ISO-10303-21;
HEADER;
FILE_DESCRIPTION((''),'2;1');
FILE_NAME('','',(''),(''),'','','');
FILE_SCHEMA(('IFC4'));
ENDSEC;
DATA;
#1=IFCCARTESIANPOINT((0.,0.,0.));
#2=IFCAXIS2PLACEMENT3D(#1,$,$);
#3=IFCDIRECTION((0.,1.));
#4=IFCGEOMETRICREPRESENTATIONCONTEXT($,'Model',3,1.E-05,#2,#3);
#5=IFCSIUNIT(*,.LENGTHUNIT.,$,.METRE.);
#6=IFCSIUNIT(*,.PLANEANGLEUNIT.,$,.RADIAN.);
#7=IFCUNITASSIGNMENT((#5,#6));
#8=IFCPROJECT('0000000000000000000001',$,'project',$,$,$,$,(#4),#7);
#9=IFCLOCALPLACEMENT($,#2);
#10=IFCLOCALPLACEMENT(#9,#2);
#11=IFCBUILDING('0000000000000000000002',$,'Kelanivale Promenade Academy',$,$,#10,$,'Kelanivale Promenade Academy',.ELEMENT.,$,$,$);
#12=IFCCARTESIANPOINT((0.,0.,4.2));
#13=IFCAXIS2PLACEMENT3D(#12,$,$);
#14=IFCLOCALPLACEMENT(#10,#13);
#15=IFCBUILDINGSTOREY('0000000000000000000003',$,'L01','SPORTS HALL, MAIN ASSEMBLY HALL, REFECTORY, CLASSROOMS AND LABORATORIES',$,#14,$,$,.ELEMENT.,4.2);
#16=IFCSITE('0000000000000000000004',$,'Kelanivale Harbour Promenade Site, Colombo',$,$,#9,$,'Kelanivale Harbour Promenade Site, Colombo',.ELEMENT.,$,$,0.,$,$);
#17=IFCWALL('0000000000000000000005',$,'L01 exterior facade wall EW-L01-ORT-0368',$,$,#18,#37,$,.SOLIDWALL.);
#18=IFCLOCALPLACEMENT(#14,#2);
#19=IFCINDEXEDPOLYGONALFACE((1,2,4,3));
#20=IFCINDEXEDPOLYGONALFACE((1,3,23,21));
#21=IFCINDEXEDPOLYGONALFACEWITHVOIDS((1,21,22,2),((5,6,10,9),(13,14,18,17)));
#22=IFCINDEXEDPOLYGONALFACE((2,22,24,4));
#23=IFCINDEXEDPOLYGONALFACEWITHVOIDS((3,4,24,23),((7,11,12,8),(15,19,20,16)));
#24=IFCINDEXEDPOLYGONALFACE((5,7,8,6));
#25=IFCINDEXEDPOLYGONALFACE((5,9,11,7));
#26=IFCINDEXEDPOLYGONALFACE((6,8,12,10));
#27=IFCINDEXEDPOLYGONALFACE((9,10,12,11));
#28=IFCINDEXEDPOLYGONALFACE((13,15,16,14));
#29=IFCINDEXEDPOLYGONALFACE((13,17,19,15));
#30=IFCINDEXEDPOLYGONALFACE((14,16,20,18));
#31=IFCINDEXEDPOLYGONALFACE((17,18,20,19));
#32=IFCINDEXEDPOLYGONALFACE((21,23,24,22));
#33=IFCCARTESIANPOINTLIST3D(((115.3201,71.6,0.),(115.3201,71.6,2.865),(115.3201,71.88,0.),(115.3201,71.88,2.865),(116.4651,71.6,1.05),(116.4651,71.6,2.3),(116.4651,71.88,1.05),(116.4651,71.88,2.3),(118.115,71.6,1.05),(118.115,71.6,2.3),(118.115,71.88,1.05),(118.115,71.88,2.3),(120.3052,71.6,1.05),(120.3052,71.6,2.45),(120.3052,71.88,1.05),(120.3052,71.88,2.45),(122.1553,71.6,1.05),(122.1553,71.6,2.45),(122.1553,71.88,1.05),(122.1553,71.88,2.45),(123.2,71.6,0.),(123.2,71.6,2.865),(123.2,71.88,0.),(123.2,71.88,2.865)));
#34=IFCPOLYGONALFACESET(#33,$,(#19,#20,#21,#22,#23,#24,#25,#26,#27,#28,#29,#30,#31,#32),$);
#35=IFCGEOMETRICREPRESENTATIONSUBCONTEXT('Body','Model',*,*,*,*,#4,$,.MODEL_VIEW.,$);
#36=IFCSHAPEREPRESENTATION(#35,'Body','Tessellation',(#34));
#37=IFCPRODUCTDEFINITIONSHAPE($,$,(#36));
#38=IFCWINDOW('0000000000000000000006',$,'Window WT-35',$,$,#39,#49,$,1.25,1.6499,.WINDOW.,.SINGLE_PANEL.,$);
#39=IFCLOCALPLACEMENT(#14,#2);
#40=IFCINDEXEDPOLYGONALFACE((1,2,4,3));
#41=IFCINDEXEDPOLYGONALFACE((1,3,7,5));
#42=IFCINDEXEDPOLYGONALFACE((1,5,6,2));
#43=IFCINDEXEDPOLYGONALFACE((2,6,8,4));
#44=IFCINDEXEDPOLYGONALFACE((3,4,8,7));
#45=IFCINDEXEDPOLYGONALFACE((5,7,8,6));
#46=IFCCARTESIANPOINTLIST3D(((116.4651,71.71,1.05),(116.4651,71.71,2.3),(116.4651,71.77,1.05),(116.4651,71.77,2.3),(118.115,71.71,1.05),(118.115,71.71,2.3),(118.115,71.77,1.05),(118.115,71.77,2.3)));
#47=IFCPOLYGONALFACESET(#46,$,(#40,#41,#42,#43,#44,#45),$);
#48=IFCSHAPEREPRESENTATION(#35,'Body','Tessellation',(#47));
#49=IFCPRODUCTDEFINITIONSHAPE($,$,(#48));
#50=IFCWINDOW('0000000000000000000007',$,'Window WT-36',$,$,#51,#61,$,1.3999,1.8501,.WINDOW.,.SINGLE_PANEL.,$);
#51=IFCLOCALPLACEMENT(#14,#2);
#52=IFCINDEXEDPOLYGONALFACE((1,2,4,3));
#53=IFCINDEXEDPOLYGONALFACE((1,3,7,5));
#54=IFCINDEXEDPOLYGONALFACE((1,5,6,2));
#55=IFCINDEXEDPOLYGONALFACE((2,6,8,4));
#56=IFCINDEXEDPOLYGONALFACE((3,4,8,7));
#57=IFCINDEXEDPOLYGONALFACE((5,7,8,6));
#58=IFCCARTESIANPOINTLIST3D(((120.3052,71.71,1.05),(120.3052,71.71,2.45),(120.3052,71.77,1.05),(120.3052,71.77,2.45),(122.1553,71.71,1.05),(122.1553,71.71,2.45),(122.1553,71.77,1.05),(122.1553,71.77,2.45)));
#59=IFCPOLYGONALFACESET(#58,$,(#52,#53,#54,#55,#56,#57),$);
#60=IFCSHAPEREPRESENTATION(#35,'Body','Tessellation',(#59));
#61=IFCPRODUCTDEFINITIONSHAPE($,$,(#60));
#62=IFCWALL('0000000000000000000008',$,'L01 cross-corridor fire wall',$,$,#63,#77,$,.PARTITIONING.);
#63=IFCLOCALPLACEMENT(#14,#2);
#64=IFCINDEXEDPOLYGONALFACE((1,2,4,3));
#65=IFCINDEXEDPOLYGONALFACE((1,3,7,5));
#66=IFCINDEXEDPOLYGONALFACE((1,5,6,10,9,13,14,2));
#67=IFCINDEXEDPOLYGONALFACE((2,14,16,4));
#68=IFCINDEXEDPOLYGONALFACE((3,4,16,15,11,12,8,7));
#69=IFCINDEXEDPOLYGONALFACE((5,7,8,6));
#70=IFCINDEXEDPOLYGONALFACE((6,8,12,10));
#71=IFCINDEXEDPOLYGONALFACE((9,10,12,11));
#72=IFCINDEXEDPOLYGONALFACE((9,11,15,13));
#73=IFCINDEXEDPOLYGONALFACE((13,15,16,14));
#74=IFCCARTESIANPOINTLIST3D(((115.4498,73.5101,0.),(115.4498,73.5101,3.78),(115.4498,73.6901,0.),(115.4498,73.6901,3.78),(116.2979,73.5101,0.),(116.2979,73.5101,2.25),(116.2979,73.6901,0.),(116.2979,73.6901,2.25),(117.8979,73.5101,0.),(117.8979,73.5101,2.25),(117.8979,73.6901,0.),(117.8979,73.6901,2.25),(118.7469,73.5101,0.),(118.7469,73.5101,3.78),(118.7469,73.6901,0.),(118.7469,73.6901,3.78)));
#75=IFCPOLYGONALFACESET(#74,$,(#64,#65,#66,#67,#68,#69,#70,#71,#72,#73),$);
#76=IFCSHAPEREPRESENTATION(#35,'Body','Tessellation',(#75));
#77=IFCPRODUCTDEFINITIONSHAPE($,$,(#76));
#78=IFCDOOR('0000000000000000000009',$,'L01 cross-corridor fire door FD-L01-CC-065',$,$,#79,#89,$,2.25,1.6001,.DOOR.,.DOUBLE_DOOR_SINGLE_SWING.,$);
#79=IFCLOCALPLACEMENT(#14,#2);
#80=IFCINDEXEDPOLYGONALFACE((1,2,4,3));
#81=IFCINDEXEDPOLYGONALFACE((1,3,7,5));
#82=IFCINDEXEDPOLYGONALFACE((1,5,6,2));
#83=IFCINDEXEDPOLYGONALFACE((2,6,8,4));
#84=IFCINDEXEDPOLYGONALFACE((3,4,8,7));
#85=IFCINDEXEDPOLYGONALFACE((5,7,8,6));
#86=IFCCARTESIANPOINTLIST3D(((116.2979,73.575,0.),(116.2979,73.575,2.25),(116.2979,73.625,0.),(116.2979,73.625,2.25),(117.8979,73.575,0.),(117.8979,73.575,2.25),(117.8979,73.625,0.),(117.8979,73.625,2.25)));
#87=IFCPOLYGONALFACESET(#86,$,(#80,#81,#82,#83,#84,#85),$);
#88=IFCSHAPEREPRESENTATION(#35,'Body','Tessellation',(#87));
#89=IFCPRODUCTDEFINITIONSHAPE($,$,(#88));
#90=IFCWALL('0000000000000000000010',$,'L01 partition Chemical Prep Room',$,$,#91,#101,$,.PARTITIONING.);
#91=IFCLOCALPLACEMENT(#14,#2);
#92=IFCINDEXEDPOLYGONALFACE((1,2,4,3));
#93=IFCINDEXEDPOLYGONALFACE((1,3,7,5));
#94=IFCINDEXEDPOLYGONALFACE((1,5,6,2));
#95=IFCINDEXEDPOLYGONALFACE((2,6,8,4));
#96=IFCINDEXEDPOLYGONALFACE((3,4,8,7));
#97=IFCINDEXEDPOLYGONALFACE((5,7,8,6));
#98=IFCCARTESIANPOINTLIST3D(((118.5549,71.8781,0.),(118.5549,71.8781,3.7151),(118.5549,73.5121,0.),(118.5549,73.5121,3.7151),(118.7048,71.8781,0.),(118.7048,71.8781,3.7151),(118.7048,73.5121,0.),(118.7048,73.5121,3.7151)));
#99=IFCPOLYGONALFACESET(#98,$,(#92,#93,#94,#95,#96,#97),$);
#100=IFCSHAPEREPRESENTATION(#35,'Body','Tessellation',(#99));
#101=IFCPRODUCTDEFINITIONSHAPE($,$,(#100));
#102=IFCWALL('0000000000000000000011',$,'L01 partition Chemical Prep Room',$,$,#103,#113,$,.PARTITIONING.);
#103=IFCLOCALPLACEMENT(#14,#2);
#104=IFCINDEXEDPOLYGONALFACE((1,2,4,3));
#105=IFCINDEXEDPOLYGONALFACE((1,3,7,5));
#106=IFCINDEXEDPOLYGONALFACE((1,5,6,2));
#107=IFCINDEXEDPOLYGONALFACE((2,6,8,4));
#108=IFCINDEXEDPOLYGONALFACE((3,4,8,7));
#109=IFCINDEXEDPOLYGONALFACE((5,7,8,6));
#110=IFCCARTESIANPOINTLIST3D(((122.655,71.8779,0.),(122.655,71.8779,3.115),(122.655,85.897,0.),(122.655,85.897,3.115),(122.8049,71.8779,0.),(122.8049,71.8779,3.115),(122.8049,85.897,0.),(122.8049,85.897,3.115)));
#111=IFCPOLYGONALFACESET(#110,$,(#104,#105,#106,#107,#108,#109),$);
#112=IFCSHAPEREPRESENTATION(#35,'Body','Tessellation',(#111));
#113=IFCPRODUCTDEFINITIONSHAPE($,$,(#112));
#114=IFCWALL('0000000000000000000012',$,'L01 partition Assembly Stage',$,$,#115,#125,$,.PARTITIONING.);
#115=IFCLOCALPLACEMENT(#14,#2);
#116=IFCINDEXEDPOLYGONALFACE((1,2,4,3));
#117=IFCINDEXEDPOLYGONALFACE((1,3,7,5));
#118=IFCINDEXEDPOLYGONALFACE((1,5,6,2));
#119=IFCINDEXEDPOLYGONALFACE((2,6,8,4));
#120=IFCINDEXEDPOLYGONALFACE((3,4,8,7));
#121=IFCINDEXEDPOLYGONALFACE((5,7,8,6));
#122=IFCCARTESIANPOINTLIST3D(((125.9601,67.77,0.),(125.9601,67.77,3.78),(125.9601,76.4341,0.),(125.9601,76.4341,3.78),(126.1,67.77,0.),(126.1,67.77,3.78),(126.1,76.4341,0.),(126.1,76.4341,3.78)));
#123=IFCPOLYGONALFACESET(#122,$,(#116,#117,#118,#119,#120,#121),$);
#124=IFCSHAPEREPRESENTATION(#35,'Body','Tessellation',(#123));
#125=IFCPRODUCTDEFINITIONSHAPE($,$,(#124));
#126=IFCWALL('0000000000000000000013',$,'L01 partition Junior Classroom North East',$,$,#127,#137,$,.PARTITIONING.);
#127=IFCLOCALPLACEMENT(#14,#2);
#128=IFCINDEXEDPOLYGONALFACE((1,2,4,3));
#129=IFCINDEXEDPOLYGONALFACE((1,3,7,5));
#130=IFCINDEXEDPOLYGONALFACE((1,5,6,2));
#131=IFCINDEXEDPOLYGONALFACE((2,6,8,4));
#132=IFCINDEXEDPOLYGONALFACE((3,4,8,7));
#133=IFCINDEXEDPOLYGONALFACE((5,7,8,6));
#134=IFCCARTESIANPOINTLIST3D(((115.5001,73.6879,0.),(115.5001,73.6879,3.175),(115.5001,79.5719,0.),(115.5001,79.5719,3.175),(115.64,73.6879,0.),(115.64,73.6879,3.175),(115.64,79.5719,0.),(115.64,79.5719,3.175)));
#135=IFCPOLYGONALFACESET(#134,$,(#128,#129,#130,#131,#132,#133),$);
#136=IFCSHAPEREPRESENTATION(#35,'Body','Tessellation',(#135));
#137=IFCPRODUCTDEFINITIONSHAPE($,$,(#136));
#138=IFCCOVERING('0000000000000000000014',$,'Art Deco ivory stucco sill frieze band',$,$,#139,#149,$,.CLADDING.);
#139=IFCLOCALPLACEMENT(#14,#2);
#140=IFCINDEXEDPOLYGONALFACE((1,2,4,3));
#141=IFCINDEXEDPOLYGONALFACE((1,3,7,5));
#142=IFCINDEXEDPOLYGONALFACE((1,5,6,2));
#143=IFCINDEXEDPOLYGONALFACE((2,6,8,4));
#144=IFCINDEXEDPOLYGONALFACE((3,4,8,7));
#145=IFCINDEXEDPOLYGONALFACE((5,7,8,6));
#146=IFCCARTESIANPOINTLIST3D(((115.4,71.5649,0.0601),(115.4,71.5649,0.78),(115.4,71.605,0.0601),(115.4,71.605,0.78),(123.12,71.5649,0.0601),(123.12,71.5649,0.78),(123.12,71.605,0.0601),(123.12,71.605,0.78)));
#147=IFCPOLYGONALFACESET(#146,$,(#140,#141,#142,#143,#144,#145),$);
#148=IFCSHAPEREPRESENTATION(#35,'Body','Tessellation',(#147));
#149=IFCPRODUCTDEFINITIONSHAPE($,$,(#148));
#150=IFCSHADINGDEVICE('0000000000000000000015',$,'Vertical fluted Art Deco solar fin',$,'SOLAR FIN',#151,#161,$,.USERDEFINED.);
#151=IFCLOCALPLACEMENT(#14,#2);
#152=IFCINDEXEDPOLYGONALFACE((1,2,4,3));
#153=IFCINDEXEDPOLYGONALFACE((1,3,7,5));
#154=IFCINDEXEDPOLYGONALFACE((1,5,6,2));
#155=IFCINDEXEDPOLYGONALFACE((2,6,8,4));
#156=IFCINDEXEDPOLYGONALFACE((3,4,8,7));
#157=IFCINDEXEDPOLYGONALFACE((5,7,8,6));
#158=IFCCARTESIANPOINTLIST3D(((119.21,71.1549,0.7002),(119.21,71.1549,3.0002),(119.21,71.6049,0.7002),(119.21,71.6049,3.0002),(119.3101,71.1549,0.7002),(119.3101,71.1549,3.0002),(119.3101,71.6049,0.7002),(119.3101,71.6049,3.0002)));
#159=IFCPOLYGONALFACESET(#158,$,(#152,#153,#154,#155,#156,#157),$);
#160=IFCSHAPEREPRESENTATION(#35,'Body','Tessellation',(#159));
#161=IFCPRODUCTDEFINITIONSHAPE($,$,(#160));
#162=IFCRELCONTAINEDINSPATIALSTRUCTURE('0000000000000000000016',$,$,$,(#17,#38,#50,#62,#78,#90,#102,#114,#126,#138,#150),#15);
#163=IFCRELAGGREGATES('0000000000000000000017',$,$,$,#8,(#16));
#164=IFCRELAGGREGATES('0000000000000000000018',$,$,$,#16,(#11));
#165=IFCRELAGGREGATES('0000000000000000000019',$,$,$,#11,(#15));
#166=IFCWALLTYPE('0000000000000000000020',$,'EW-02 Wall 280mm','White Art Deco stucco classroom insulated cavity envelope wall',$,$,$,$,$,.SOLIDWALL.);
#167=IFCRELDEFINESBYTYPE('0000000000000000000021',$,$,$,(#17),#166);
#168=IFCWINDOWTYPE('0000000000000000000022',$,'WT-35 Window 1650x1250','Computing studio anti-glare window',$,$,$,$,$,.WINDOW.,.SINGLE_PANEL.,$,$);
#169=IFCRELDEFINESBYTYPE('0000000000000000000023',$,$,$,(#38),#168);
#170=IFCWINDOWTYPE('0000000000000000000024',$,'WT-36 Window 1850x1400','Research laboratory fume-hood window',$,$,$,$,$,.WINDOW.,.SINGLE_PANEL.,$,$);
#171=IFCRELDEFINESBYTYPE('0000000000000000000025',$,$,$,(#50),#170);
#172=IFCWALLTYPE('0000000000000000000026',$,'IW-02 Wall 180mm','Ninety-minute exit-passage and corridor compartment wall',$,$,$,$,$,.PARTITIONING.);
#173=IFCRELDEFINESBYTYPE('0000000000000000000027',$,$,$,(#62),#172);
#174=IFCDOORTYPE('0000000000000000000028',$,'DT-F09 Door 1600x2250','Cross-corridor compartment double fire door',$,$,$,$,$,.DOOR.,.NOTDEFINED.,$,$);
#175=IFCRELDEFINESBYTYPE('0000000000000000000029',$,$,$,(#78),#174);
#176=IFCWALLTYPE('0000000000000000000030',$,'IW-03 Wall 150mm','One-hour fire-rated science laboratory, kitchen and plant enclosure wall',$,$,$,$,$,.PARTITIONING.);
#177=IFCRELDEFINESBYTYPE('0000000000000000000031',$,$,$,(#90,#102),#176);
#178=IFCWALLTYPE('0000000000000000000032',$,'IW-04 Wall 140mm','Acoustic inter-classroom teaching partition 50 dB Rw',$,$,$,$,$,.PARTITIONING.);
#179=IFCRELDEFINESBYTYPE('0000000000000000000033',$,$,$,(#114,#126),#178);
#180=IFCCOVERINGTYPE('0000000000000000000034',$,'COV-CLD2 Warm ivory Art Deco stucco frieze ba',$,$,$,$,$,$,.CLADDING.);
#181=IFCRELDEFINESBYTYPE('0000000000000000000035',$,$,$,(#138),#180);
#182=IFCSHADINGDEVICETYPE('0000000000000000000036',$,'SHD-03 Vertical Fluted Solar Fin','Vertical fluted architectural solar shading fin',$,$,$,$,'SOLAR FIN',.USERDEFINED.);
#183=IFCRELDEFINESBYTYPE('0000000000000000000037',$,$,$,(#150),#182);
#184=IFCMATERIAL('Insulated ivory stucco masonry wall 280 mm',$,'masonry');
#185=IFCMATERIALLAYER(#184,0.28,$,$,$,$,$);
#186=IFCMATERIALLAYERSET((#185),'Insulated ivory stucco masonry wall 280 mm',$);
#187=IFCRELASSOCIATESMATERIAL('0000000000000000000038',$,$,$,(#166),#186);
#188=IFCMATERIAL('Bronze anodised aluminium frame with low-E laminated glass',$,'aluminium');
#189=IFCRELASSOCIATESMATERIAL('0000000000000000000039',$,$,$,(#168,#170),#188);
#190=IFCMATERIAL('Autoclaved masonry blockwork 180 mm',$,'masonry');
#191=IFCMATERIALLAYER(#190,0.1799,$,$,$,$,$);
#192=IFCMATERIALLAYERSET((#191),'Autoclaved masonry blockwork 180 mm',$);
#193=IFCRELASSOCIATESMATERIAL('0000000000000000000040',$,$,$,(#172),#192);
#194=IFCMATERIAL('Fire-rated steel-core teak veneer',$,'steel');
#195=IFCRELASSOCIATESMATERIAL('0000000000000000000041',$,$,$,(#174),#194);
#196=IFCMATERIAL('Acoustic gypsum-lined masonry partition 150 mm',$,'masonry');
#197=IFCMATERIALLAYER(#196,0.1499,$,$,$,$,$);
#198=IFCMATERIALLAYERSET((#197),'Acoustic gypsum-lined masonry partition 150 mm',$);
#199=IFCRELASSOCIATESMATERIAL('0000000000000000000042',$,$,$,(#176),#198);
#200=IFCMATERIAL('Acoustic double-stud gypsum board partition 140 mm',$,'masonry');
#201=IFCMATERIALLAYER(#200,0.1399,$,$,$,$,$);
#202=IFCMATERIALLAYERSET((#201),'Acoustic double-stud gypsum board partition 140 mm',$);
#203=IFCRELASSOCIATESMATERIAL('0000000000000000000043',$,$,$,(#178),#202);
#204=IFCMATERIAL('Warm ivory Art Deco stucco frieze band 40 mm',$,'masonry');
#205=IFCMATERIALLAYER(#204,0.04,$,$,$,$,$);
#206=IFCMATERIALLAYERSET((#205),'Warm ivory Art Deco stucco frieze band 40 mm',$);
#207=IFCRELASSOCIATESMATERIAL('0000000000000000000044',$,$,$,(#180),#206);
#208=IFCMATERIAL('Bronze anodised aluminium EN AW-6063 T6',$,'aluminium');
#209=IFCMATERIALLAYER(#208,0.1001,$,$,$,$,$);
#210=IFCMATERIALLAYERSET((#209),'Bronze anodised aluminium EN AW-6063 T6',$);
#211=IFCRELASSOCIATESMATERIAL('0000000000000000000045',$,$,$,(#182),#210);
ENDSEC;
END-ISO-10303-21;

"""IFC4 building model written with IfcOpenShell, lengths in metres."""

from ifc_helpers import new_model, si_unit, direction, frame, frame_2d, origin, origin_2d, place, context, subcontext, project, spatial, rectangle, extrude, material, layer, layer_set, type_object, element, fill, save


model = new_model("IFC4")

# Units and contexts
model_context = context("Model", 3, precision=1e-05, world=origin(), true_north=direction((0.0, 1.0)))
body_context = subcontext(model_context, "Body", "Model", "MODEL_VIEW")
ifc_project = project(units=[si_unit("LENGTHUNIT", "METRE"), si_unit("PLANEANGLEUNIT", "RADIAN")], contexts=[model_context])

# Site, building, storey
site_placement = place(None, origin())
site = spatial("IfcSite", under=ifc_project, at=site_placement, Name="Kelanivale Harbour Promenade Site, Colombo", LongName="Kelanivale Harbour Promenade Site, Colombo", CompositionType="ELEMENT", RefElevation=0.0)
building_placement = place(site_placement, origin())
building = spatial("IfcBuilding", under=site, at=building_placement, Name="Kelanivale Promenade Academy", LongName="Kelanivale Promenade Academy", CompositionType="ELEMENT")
storey_placement = place(building_placement, frame((0.0, 0.0, 4.2)))
storey = spatial("IfcBuildingStorey", under=building, at=storey_placement, Name="L01", Description="SPORTS HALL, MAIN ASSEMBLY HALL, REFECTORY, CLASSROOMS AND LABORATORIES", CompositionType="ELEMENT", Elevation=4.2)

# Wall, openings, windows
ifc_material_1 = material(Name="Insulated ivory stucco masonry wall 280 mm", Category="masonry")
ifc_layer_1 = layer(ifc_material_1, 0.28)
ifc_layer_set_1 = layer_set([ifc_layer_1], Name="Insulated ivory stucco masonry wall 280 mm")
wall_type_1 = type_object("IfcWallType", Name="EW-02 Wall 280mm", Description="White Art Deco stucco classroom insulated cavity envelope wall", PredefinedType="SOLIDWALL", material=ifc_layer_set_1)
wall_1_placement = place(storey_placement, frame((115.3201, 71.74, 0.0), z_axis=(0.0, 0.0, 1.0), x_axis=(1.0, 0.0, 0.0)))
wall_1 = element("IfcWall", 1, at=wall_1_placement, inside=storey, type_object=wall_type_1, Name="L01 exterior facade wall EW-L01-ORT-0368", PredefinedType="SOLIDWALL", context=body_context, shape_type="SweptSolid", body=[
    extrude(rectangle(XDim=7.8799, YDim=0.28, at=frame_2d((3.9399, 0.0))), origin(), (0.0, 0.0, 1.0), 2.865),
])
opening_1_placement = place(wall_1_placement, frame((1.145, 0.0, 1.05)))
opening_1 = element("IfcOpeningElement", 2, at=opening_1_placement, cuts=wall_1, PredefinedType="OPENING", context=body_context, shape_type="SweptSolid", body=[
    extrude(rectangle(XDim=1.6499, YDim=1.25, at=frame_2d((0.825, 0.625))), frame((0.0, 0.1499, 0.0), z_axis=(0.0, -1.0, 0.0), x_axis=(1.0, 0.0, 0.0)), (0.0, 0.0, 1.0), 0.3),
])
opening_2_placement = place(wall_1_placement, frame((4.9851, 0.0, 1.05)))
opening_2 = element("IfcOpeningElement", 3, at=opening_2_placement, cuts=wall_1, PredefinedType="OPENING", context=body_context, shape_type="SweptSolid", body=[
    extrude(rectangle(XDim=1.8501, YDim=1.3999, at=frame_2d((0.925, 0.7))), frame((0.0, 0.1499, 0.0), z_axis=(0.0, -1.0, 0.0), x_axis=(1.0, 0.0, 0.0)), (0.0, 0.0, 1.0), 0.3),
])
ifc_material_2 = material(Name="Bronze anodised aluminium frame with low-E laminated glass", Category="aluminium")
window_type_1 = type_object("IfcWindowType", Name="WT-35 Window 1650x1250", Description="Computing studio anti-glare window", PartitioningType="SINGLE_PANEL", PredefinedType="WINDOW", material=ifc_material_2)
window_1_placement = place(opening_1_placement, origin())
window_1 = element("IfcWindow", 4, at=window_1_placement, inside=storey, type_object=window_type_1, Name="Window WT-35", OverallHeight=1.25, OverallWidth=1.6499, PartitioningType="SINGLE_PANEL", PredefinedType="WINDOW", context=body_context, shape_type="SweptSolid", body=[
    extrude(rectangle(XDim=1.6499, YDim=1.25, at=frame_2d((0.825, 0.625))), frame((0.0, 0.03, 0.0), z_axis=(0.0, -1.0, 0.0), x_axis=(1.0, 0.0, 0.0)), (0.0, 0.0, 1.0), 0.0601),
])
fill(opening_1, window_1)
window_type_2 = type_object("IfcWindowType", Name="WT-36 Window 1850x1400", Description="Research laboratory fume-hood window", PartitioningType="SINGLE_PANEL", PredefinedType="WINDOW", material=ifc_material_2)
window_2_placement = place(opening_2_placement, origin())
window_2 = element("IfcWindow", 5, at=window_2_placement, inside=storey, type_object=window_type_2, Name="Window WT-36", OverallHeight=1.3999, OverallWidth=1.8501, PartitioningType="SINGLE_PANEL", PredefinedType="WINDOW", context=body_context, shape_type="SweptSolid", body=[
    extrude(rectangle(XDim=1.8501, YDim=1.3999, at=frame_2d((0.925, 0.7))), frame((0.0, 0.03, 0.0), z_axis=(0.0, -1.0, 0.0), x_axis=(1.0, 0.0, 0.0)), (0.0, 0.0, 1.0), 0.0601),
])
fill(opening_2, window_2)

# Wall, opening, door
ifc_material_3 = material(Name="Autoclaved masonry blockwork 180 mm", Category="masonry")
ifc_layer_2 = layer(ifc_material_3, 0.1799)
ifc_layer_set_2 = layer_set([ifc_layer_2], Name="Autoclaved masonry blockwork 180 mm")
wall_type_2 = type_object("IfcWallType", Name="IW-02 Wall 180mm", Description="Ninety-minute exit-passage and corridor compartment wall", PredefinedType="PARTITIONING", material=ifc_layer_set_2)
wall_2_placement = place(storey_placement, frame((115.45, 73.6001, 0.0), z_axis=(0.0, 0.0, 1.0), x_axis=(1.0, 0.0, 0.0)))
wall_2 = element("IfcWall", 6, at=wall_2_placement, inside=storey, type_object=wall_type_2, Name="L01 cross-corridor fire wall", PredefinedType="PARTITIONING", context=body_context, shape_type="SweptSolid", body=[
    extrude(rectangle(XDim=3.2971, YDim=0.1799, at=frame_2d((1.6484, 0.0))), origin(), (0.0, 0.0, 1.0), 3.78),
])
opening_3_placement = place(wall_2_placement, frame((0.8479, 0.0, 0.0)))
opening_3 = element("IfcOpeningElement", 7, at=opening_3_placement, cuts=wall_2, PredefinedType="OPENING", context=body_context, shape_type="SweptSolid", body=[
    extrude(rectangle(XDim=1.6001, YDim=2.25, at=frame_2d((0.8, 1.125))), frame((0.0, 0.1001, 0.0), z_axis=(0.0, -1.0, 0.0), x_axis=(1.0, 0.0, 0.0)), (0.0, 0.0, 1.0), 0.2),
])
ifc_material_4 = material(Name="Fire-rated steel-core teak veneer", Category="steel")
door_type = type_object("IfcDoorType", Name="DT-F09 Door 1600x2250", Description="Cross-corridor compartment double fire door", OperationType="NOTDEFINED", PredefinedType="DOOR", material=ifc_material_4)
door_placement = place(opening_3_placement, origin())
door = element("IfcDoor", 8, at=door_placement, inside=storey, type_object=door_type, Name="L01 cross-corridor fire door FD-L01-CC-065", OperationType="DOUBLE_DOOR_SINGLE_SWING", OverallHeight=2.25, OverallWidth=1.6001, PredefinedType="DOOR", context=body_context, shape_type="SweptSolid", body=[
    extrude(rectangle(XDim=1.6001, YDim=2.25, at=frame_2d((0.8, 1.125))), frame((0.0, 0.0249, 0.0), z_axis=(0.0, -1.0, 0.0), x_axis=(1.0, 0.0, 0.0)), (0.0, 0.0, 1.0), 0.05),
])
fill(opening_3, door)

# Walls
ifc_material_5 = material(Name="Acoustic gypsum-lined masonry partition 150 mm", Category="masonry")
ifc_layer_3 = layer(ifc_material_5, 0.1499)
ifc_layer_set_3 = layer_set([ifc_layer_3], Name="Acoustic gypsum-lined masonry partition 150 mm")
wall_type_3 = type_object("IfcWallType", Name="IW-03 Wall 150mm", Description="One-hour fire-rated science laboratory, kitchen and plant enclosure wall", PredefinedType="PARTITIONING", material=ifc_layer_set_3)
wall_3_placement = place(storey_placement, frame((118.6299, 73.512, 0.0), z_axis=(0.0, 0.0, 1.0), x_axis=(0.0, -1.0, 0.0)))
element("IfcWall", 9, at=wall_3_placement, inside=storey, type_object=wall_type_3, Name="L01 partition Chemical Prep Room", PredefinedType="PARTITIONING", context=body_context, shape_type="SweptSolid", body=[
    extrude(rectangle(XDim=1.634, YDim=0.1499, at=frame_2d((0.8169, 0.0))), origin(), (0.0, 0.0, 1.0), 3.7151),
])
wall_4_placement = place(storey_placement, frame((122.73, 71.8779, 0.0), z_axis=(0.0, 0.0, 1.0), x_axis=(0.0, 1.0, 0.0)))
element("IfcWall", 10, at=wall_4_placement, inside=storey, type_object=wall_type_3, Name="L01 partition Chemical Prep Room", PredefinedType="PARTITIONING", context=body_context, shape_type="SweptSolid", body=[
    extrude(rectangle(XDim=14.019, YDim=0.1499, at=frame_2d((7.0095, 0.0))), origin(), (0.0, 0.0, 1.0), 3.115),
])
ifc_material_6 = material(Name="Acoustic double-stud gypsum board partition 140 mm", Category="masonry")
ifc_layer_4 = layer(ifc_material_6, 0.1399)
ifc_layer_set_4 = layer_set([ifc_layer_4], Name="Acoustic double-stud gypsum board partition 140 mm")
wall_type_4 = type_object("IfcWallType", Name="IW-04 Wall 140mm", Description="Acoustic inter-classroom teaching partition 50 dB Rw", PredefinedType="PARTITIONING", material=ifc_layer_set_4)
wall_5_placement = place(storey_placement, frame((126.03, 76.4341, 0.0), z_axis=(0.0, 0.0, 1.0), x_axis=(0.0, -1.0, 0.0)))
element("IfcWall", 11, at=wall_5_placement, inside=storey, type_object=wall_type_4, Name="L01 partition Assembly Stage", PredefinedType="PARTITIONING", context=body_context, shape_type="SweptSolid", body=[
    extrude(rectangle(XDim=8.6641, YDim=0.1399, at=frame_2d((4.332, 0.0))), origin(), (0.0, 0.0, 1.0), 3.78),
])
wall_6_placement = place(storey_placement, frame((115.5701, 73.688, 0.0), z_axis=(0.0, 0.0, 1.0), x_axis=(0.0, 1.0, 0.0)))
element("IfcWall", 12, at=wall_6_placement, inside=storey, type_object=wall_type_4, Name="L01 partition Junior Classroom North East", PredefinedType="PARTITIONING", context=body_context, shape_type="SweptSolid", body=[
    extrude(rectangle(XDim=5.884, YDim=0.1399, at=frame_2d((2.9419, 0.0))), origin(), (0.0, 0.0, 1.0), 3.175),
])

# Covering
ifc_material_7 = material(Name="Warm ivory Art Deco stucco frieze band 40 mm", Category="masonry")
ifc_layer_5 = layer(ifc_material_7, 0.04)
ifc_layer_set_5 = layer_set([ifc_layer_5], Name="Warm ivory Art Deco stucco frieze band 40 mm")
covering_type = type_object("IfcCoveringType", Name="COV-CLD2 Warm ivory Art Deco stucco frieze ba", PredefinedType="CLADDING", material=ifc_layer_set_5)
covering_placement = place(storey_placement, frame((119.26, 71.585, 0.0601), z_axis=(0.0, 0.0, 1.0), x_axis=(1.0, 0.0, 0.0)))
element("IfcCovering", 13, at=covering_placement, inside=storey, type_object=covering_type, Name="Art Deco ivory stucco sill frieze band", PredefinedType="CLADDING", context=body_context, shape_type="SweptSolid", body=[
    extrude(rectangle(XDim=7.72, YDim=0.04, at=origin_2d()), origin(), (0.0, 0.0, 1.0), 0.72),
])

# Shading device
ifc_material_8 = material(Name="Bronze anodised aluminium EN AW-6063 T6", Category="aluminium")
ifc_layer_6 = layer(ifc_material_8, 0.1001)
ifc_layer_set_6 = layer_set([ifc_layer_6], Name="Bronze anodised aluminium EN AW-6063 T6")
shading_device_type = type_object("IfcShadingDeviceType", Name="SHD-03 Vertical Fluted Solar Fin", Description="Vertical fluted architectural solar shading fin", ElementType="SOLAR FIN", PredefinedType="USERDEFINED", material=ifc_layer_set_6)
shading_device_placement = place(storey_placement, frame((119.26, 71.3799, 0.7002), z_axis=(0.0, 0.0, 1.0), x_axis=(1.0, 0.0, 0.0)))
element("IfcShadingDevice", 14, at=shading_device_placement, inside=storey, type_object=shading_device_type, Name="Vertical fluted Art Deco solar fin", ObjectType="SOLAR FIN", PredefinedType="USERDEFINED", context=body_context, shape_type="SweptSolid", body=[
    extrude(rectangle(XDim=0.1001, YDim=0.45, at=origin_2d()), origin(), (0.0, 0.0, 1.0), 2.3),
])

save(model, "model.ifc")
